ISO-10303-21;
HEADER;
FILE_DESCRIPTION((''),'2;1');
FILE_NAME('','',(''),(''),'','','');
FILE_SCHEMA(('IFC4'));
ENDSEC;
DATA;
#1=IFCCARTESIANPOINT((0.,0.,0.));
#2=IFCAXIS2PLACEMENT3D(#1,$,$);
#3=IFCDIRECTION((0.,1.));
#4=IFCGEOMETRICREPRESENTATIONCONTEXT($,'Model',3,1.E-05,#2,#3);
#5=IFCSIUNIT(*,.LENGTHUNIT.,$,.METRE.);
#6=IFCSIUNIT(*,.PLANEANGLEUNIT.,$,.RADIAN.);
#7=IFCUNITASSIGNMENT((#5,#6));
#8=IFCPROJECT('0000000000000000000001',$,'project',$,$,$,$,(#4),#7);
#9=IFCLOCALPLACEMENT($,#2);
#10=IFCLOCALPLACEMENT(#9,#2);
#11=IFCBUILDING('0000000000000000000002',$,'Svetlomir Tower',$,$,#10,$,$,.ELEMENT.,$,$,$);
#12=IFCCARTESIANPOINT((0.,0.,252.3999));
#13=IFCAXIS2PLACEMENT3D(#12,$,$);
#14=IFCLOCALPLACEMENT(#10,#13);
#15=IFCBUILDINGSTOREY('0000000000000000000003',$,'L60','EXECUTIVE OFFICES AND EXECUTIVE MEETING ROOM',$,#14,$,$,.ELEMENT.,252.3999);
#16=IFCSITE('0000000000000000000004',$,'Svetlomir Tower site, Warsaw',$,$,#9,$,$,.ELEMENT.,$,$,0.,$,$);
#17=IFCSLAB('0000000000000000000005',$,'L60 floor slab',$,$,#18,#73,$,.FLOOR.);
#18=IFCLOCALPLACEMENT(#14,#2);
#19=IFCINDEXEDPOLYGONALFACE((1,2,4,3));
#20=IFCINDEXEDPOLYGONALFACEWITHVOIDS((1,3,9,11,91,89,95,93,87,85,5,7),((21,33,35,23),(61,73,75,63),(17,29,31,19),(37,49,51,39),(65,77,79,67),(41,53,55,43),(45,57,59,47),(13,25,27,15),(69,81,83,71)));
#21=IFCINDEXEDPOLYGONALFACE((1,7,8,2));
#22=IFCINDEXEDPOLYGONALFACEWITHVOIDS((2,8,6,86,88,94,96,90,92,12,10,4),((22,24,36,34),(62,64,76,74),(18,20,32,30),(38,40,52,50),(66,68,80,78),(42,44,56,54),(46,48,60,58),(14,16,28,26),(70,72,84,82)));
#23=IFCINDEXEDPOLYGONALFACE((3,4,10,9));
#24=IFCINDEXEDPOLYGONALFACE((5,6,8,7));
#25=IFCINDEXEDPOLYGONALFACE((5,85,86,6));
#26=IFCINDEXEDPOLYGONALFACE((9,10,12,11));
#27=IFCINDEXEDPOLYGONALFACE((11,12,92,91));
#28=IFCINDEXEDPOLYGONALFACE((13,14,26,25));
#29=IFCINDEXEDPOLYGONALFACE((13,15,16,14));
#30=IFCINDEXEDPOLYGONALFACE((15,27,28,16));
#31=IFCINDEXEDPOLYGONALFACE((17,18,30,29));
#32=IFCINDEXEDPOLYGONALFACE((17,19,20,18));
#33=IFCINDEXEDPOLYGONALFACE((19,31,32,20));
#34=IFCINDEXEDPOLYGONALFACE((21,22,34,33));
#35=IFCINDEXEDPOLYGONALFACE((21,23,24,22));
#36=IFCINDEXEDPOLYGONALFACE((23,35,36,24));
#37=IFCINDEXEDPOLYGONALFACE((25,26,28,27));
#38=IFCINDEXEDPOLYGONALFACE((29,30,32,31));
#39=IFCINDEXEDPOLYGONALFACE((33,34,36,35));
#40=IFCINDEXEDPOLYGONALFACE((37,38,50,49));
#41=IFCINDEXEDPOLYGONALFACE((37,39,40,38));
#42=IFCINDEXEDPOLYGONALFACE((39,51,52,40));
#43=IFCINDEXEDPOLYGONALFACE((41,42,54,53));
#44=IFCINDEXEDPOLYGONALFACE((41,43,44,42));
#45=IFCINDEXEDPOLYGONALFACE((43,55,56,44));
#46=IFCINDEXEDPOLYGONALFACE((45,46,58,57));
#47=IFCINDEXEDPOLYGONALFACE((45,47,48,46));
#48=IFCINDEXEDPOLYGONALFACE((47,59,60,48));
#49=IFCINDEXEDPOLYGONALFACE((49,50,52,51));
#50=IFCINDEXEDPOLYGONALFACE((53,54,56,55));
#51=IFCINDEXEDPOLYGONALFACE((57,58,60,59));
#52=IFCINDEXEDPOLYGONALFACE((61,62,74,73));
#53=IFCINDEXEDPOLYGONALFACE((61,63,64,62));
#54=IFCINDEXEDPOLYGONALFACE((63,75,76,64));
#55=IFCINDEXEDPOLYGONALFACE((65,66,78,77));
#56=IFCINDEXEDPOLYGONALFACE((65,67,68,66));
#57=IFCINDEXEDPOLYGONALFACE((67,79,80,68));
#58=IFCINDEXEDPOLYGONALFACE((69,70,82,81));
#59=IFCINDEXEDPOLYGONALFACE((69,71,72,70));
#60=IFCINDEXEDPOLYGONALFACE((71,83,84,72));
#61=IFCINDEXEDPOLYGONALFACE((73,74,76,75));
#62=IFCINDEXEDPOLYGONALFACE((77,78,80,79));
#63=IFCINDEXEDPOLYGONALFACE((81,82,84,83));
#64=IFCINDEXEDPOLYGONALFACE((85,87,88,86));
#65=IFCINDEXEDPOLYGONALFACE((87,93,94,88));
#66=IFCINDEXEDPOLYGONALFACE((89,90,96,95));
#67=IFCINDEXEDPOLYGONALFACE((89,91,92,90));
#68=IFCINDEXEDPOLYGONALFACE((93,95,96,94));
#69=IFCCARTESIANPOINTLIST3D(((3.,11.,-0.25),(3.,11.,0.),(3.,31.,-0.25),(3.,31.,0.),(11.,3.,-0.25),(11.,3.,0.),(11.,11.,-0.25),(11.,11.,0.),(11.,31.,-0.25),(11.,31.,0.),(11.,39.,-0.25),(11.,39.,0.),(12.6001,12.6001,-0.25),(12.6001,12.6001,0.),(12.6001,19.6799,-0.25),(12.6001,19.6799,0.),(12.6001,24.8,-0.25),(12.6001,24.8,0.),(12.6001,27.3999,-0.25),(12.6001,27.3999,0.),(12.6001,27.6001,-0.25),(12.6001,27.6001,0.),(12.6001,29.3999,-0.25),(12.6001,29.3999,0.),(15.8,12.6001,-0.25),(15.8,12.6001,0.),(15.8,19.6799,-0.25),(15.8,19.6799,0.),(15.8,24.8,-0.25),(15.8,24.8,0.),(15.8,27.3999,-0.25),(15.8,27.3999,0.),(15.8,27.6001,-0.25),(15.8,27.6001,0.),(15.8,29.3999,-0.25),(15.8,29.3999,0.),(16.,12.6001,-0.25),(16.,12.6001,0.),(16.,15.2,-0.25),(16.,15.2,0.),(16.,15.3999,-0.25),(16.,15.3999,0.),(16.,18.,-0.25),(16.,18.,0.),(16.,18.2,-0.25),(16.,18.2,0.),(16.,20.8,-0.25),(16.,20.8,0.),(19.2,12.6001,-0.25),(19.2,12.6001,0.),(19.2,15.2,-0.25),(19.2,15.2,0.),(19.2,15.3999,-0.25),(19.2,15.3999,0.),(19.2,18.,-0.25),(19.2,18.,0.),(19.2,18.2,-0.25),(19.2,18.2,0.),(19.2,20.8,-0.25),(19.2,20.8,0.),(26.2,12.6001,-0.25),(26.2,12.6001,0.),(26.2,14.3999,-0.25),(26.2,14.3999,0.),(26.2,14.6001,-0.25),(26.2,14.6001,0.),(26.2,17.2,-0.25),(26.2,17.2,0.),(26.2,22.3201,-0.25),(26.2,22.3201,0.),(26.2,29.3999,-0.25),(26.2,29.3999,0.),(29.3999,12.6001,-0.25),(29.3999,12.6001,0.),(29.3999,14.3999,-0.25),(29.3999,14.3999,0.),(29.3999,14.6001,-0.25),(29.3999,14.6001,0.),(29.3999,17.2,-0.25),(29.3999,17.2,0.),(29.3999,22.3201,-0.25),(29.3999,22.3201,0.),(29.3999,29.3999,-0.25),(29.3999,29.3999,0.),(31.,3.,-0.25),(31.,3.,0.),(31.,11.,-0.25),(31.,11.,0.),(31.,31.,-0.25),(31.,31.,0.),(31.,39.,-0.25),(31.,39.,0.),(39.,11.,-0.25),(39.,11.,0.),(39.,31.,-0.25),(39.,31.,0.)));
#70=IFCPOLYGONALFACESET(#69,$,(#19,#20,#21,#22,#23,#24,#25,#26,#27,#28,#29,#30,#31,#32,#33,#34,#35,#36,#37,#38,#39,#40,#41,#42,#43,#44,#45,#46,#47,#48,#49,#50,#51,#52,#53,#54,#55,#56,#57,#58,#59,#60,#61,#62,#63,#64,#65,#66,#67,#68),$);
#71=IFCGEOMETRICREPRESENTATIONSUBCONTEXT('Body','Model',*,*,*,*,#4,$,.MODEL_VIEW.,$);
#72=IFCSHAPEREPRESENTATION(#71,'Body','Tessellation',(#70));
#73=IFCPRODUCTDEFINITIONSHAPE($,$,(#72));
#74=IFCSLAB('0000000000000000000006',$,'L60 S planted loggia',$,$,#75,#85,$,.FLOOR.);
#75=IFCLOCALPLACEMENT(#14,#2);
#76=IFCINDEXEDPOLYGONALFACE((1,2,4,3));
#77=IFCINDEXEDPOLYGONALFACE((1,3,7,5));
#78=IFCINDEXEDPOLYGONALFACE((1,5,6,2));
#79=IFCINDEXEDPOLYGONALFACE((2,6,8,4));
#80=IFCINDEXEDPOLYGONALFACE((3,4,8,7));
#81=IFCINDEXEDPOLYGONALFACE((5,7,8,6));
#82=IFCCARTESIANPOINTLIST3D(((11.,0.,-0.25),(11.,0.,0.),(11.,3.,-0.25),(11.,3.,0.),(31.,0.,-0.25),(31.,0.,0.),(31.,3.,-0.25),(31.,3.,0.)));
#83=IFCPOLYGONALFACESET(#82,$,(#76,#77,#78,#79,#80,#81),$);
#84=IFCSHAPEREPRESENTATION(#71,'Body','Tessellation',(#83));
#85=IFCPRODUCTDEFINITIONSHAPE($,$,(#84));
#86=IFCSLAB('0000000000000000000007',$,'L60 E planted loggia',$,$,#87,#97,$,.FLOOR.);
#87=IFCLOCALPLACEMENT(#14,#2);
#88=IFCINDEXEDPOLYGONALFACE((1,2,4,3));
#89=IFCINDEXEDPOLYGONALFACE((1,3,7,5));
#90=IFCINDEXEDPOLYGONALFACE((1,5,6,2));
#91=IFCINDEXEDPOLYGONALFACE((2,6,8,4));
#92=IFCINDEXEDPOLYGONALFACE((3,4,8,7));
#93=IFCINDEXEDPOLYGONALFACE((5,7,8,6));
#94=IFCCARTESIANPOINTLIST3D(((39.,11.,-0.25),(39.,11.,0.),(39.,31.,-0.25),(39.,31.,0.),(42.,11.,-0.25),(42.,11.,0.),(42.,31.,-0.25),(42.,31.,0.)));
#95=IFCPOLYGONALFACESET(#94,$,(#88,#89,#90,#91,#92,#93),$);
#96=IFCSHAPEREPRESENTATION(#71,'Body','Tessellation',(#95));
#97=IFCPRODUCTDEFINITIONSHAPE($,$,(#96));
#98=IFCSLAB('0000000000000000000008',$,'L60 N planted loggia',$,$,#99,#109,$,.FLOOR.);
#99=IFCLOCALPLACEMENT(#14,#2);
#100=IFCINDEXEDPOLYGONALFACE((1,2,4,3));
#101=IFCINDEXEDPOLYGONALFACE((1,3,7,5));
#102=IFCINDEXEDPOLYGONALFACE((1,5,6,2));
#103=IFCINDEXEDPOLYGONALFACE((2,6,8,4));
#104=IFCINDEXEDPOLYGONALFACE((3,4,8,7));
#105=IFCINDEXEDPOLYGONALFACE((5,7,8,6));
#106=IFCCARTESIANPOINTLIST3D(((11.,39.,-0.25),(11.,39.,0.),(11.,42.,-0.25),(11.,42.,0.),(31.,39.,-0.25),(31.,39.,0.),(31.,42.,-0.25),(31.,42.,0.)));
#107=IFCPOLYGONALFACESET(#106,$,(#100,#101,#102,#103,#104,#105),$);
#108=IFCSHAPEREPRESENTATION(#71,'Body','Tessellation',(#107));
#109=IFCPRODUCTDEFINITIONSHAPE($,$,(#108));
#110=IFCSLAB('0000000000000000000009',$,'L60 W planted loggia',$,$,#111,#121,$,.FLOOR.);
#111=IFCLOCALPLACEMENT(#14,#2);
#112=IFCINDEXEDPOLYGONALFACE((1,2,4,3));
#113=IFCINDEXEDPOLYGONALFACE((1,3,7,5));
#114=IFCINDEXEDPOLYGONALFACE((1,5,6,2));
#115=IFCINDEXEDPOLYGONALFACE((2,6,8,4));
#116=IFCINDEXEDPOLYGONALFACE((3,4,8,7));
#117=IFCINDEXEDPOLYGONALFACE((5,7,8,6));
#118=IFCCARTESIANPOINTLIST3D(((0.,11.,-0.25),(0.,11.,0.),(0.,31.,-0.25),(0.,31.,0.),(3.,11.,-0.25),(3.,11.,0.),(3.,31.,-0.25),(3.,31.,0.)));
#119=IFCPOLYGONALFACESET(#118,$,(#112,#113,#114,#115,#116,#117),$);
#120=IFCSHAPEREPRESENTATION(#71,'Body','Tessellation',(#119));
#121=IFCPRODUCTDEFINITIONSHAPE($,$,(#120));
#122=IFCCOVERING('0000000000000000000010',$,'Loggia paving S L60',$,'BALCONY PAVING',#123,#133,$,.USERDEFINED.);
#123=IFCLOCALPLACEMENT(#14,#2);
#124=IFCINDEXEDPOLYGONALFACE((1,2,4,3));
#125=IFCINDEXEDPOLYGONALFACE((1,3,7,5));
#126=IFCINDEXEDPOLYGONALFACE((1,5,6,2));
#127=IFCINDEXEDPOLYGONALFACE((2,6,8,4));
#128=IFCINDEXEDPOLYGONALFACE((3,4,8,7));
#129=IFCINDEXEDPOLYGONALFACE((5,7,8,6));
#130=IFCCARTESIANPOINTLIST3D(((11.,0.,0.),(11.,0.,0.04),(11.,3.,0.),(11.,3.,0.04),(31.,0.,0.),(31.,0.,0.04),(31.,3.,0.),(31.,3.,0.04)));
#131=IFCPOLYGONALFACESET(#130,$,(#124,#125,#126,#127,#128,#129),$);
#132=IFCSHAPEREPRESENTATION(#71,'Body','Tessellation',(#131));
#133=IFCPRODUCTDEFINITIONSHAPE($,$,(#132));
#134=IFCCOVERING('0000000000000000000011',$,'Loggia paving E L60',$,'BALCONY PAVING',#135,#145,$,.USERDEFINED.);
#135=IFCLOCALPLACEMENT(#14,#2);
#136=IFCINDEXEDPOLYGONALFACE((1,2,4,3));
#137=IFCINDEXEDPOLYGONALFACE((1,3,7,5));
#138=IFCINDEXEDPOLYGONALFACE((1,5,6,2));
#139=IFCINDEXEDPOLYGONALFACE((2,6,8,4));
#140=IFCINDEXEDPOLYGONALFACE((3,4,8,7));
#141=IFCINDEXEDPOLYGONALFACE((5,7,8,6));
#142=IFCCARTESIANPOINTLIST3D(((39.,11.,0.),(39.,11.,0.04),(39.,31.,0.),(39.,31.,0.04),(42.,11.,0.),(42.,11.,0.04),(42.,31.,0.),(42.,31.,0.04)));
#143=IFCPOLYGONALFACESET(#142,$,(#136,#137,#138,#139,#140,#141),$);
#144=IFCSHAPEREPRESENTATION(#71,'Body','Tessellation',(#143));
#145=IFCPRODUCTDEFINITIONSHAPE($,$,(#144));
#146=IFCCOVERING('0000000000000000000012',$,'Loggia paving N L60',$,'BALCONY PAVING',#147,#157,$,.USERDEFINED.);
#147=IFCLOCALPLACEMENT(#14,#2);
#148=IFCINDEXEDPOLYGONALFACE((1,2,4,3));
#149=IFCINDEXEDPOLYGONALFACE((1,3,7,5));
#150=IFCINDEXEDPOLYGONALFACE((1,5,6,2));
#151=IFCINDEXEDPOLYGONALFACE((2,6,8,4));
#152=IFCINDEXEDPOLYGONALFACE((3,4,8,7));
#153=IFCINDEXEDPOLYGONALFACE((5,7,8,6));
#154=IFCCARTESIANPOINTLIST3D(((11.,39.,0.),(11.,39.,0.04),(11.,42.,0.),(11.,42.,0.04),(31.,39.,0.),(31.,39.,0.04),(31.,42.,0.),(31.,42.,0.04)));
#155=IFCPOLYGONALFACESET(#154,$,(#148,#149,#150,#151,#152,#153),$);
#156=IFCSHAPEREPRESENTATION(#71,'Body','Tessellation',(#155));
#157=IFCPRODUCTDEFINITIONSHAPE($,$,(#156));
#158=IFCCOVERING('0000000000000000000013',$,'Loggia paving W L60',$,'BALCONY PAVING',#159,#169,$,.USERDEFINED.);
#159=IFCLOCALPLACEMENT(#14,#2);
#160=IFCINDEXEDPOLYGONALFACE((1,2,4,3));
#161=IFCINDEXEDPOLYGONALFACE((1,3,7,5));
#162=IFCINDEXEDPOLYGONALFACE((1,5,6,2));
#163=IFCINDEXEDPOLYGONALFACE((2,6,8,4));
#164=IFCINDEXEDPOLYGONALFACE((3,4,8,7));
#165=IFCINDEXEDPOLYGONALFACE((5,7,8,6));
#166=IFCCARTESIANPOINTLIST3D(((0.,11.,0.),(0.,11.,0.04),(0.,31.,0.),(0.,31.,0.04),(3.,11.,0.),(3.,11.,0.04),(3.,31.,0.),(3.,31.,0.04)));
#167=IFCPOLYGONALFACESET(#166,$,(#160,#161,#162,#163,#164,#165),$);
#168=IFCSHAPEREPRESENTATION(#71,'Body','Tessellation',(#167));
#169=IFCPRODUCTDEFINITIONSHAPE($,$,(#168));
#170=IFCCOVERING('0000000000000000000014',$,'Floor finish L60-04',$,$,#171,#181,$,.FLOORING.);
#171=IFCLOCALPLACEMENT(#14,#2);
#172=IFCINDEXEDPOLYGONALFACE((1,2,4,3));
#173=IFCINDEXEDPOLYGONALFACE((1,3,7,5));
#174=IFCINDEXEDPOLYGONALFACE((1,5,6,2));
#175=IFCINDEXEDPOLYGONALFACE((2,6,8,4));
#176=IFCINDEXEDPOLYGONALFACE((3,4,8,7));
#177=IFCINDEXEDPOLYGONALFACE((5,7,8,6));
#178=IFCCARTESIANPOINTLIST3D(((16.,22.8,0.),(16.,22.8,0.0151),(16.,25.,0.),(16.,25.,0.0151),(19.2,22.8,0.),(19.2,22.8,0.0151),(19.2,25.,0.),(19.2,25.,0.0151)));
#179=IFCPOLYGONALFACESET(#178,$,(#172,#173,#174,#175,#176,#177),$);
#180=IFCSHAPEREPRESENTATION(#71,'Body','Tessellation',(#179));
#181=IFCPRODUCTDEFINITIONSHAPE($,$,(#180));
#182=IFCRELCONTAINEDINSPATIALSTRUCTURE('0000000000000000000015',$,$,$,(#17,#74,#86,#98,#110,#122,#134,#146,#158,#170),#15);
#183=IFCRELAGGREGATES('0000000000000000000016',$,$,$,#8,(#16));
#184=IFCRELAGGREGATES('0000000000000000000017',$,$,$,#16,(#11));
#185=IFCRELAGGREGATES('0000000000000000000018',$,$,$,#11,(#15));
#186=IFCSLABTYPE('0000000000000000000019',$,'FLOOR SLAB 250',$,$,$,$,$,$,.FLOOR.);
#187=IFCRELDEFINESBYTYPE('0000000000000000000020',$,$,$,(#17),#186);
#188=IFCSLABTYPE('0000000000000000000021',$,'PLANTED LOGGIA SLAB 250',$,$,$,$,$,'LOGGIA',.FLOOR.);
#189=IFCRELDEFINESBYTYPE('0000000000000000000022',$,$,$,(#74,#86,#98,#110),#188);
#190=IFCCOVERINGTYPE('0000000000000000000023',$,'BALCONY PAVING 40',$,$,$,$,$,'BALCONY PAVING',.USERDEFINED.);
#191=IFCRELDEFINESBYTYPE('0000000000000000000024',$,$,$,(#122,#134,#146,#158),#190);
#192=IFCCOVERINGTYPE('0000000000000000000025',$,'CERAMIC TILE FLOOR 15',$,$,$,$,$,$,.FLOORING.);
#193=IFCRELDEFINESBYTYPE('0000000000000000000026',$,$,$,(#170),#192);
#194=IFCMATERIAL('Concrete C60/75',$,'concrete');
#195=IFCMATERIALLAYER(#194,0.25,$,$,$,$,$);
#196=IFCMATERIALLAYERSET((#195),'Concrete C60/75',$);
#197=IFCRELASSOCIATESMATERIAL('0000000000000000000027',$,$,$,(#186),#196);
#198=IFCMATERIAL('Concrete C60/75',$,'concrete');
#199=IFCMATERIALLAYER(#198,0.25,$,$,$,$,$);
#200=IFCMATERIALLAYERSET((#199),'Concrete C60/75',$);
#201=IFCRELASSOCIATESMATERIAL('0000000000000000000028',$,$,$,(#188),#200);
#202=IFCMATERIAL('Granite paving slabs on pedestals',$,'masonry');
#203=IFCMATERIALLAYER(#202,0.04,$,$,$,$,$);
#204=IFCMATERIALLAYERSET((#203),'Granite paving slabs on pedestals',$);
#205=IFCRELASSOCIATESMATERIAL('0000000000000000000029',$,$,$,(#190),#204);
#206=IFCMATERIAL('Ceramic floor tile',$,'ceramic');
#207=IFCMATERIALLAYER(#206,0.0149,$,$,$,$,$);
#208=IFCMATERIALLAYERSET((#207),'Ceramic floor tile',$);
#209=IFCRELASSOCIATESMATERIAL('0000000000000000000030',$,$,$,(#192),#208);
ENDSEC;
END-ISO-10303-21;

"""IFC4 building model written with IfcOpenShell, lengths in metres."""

from ifc_helpers import new_model, si_unit, direction, frame, origin, place, context, subcontext, project, spatial, polyline, outline, extrude, material, layer, layer_set, type_object, element, save


model = new_model("IFC4")

# Units and contexts
model_context = context("Model", 3, precision=1e-05, world=origin(), true_north=direction((0.0, 1.0)))
body_context = subcontext(model_context, "Body", "Model", "MODEL_VIEW")
ifc_project = project(units=[si_unit("LENGTHUNIT", "METRE"), si_unit("PLANEANGLEUNIT", "RADIAN")], contexts=[model_context])

# Site, building, storey
site_placement = place(None, origin())
site = spatial("IfcSite", under=ifc_project, at=site_placement, Name="Svetlomir Tower site, Warsaw", CompositionType="ELEMENT", RefElevation=0.0)
building_placement = place(site_placement, origin())
building = spatial("IfcBuilding", under=site, at=building_placement, Name="Svetlomir Tower", CompositionType="ELEMENT")
storey_placement = place(building_placement, frame((0.0, 0.0, 252.3999)))
storey = spatial("IfcBuildingStorey", under=building, at=storey_placement, Name="L60", Description="EXECUTIVE OFFICES AND EXECUTIVE MEETING ROOM", CompositionType="ELEMENT", Elevation=252.3999)

# Slabs
ifc_material_1 = material(Name="Concrete C60/75", Category="concrete")
ifc_layer_1 = layer(ifc_material_1, 0.25)
ifc_layer_set_1 = layer_set([ifc_layer_1], Name="Concrete C60/75")
slab_type_1 = type_object("IfcSlabType", Name="FLOOR SLAB 250", PredefinedType="FLOOR", material=ifc_layer_set_1)
slab_1_placement = place(storey_placement, frame((0.0, 0.0, -0.25)))
element("IfcSlab", 1, at=slab_1_placement, inside=storey, type_object=slab_type_1, Name="L60 floor slab", PredefinedType="FLOOR", context=body_context, shape_type="SweptSolid", body=[
    extrude(outline(polyline([(11.0, 3.0), (31.0, 3.0), (31.0, 11.0), (39.0, 11.0), (39.0, 31.0), (31.0, 31.0), (31.0, 39.0), (11.0, 39.0), (11.0, 31.0), (3.0, 31.0), (3.0, 11.0), (11.0, 11.0), (11.0, 3.0)]), holes=[polyline([(12.6001, 24.8), (15.8, 24.8), (15.8, 27.3999), (12.6001, 27.3999), (12.6001, 24.8)]), polyline([(26.2, 14.6001), (29.3999, 14.6001), (29.3999, 17.2), (26.2, 17.2), (26.2, 14.6001)]), polyline([(16.0, 12.6001), (19.2, 12.6001), (19.2, 15.2), (16.0, 15.2), (16.0, 12.6001)]), polyline([(16.0, 15.3999), (19.2, 15.3999), (19.2, 18.0), (16.0, 18.0), (16.0, 15.3999)]), polyline([(16.0, 18.2), (19.2, 18.2), (19.2, 20.8), (16.0, 20.8), (16.0, 18.2)]), polyline([(12.6001, 27.6001), (15.8, 27.6001), (15.8, 29.3999), (12.6001, 29.3999), (12.6001, 27.6001)]), polyline([(26.2, 12.6001), (29.3999, 12.6001), (29.3999, 14.3999), (26.2, 14.3999), (26.2, 12.6001)]), polyline([(12.6001, 12.6001), (15.8, 12.6001), (15.8, 19.6799), (12.6001, 19.6799), (12.6001, 12.6001)]), polyline([(26.2, 22.3201), (29.3999, 22.3201), (29.3999, 29.3999), (26.2, 29.3999), (26.2, 22.3201)])]), origin(), (0.0, 0.0, 1.0), 0.25),
])
ifc_material_2 = material(Name="Concrete C60/75", Category="concrete")
ifc_layer_2 = layer(ifc_material_2, 0.25)
ifc_layer_set_2 = layer_set([ifc_layer_2], Name="Concrete C60/75")
slab_type_2 = type_object("IfcSlabType", Name="PLANTED LOGGIA SLAB 250", ElementType="LOGGIA", PredefinedType="FLOOR", material=ifc_layer_set_2)
slab_2_placement = place(storey_placement, frame((0.0, 0.0, -0.25)))
element("IfcSlab", 2, at=slab_2_placement, inside=storey, type_object=slab_type_2, Name="L60 S planted loggia", PredefinedType="FLOOR", context=body_context, shape_type="SweptSolid", body=[
    extrude(outline(polyline([(11.0, 0.0), (31.0, 0.0), (31.0, 3.0), (11.0, 3.0), (11.0, 0.0)])), origin(), (0.0, 0.0, 1.0), 0.25),
])
slab_3_placement = place(storey_placement, frame((0.0, 0.0, -0.25)))
element("IfcSlab", 3, at=slab_3_placement, inside=storey, type_object=slab_type_2, Name="L60 E planted loggia", PredefinedType="FLOOR", context=body_context, shape_type="SweptSolid", body=[
    extrude(outline(polyline([(39.0, 11.0), (42.0, 11.0), (42.0, 31.0), (39.0, 31.0), (39.0, 11.0)])), origin(), (0.0, 0.0, 1.0), 0.25),
])
slab_4_placement = place(storey_placement, frame((0.0, 0.0, -0.25)))
element("IfcSlab", 4, at=slab_4_placement, inside=storey, type_object=slab_type_2, Name="L60 N planted loggia", PredefinedType="FLOOR", context=body_context, shape_type="SweptSolid", body=[
    extrude(outline(polyline([(11.0, 39.0), (31.0, 39.0), (31.0, 42.0), (11.0, 42.0), (11.0, 39.0)])), origin(), (0.0, 0.0, 1.0), 0.25),
])
slab_5_placement = place(storey_placement, frame((0.0, 0.0, -0.25)))
element("IfcSlab", 5, at=slab_5_placement, inside=storey, type_object=slab_type_2, Name="L60 W planted loggia", PredefinedType="FLOOR", context=body_context, shape_type="SweptSolid", body=[
    extrude(outline(polyline([(0.0, 11.0), (3.0, 11.0), (3.0, 31.0), (0.0, 31.0), (0.0, 11.0)])), origin(), (0.0, 0.0, 1.0), 0.25),
])

# Coverings
ifc_material_3 = material(Name="Granite paving slabs on pedestals", Category="masonry")
ifc_layer_3 = layer(ifc_material_3, 0.04)
ifc_layer_set_3 = layer_set([ifc_layer_3], Name="Granite paving slabs on pedestals")
covering_type_1 = type_object("IfcCoveringType", Name="BALCONY PAVING 40", ElementType="BALCONY PAVING", PredefinedType="USERDEFINED", material=ifc_layer_set_3)
covering_1_placement = place(storey_placement, origin())
element("IfcCovering", 6, at=covering_1_placement, inside=storey, type_object=covering_type_1, Name="Loggia paving S L60", ObjectType="BALCONY PAVING", PredefinedType="USERDEFINED", context=body_context, shape_type="SweptSolid", body=[
    extrude(outline(polyline([(11.0, 0.0), (31.0, 0.0), (31.0, 3.0), (11.0, 3.0), (11.0, 0.0)])), origin(), (0.0, 0.0, 1.0), 0.04),
])
covering_2_placement = place(storey_placement, origin())
element("IfcCovering", 7, at=covering_2_placement, inside=storey, type_object=covering_type_1, Name="Loggia paving E L60", ObjectType="BALCONY PAVING", PredefinedType="USERDEFINED", context=body_context, shape_type="SweptSolid", body=[
    extrude(outline(polyline([(39.0, 11.0), (42.0, 11.0), (42.0, 31.0), (39.0, 31.0), (39.0, 11.0)])), origin(), (0.0, 0.0, 1.0), 0.04),
])
covering_3_placement = place(storey_placement, origin())
element("IfcCovering", 8, at=covering_3_placement, inside=storey, type_object=covering_type_1, Name="Loggia paving N L60", ObjectType="BALCONY PAVING", PredefinedType="USERDEFINED", context=body_context, shape_type="SweptSolid", body=[
    extrude(outline(polyline([(11.0, 39.0), (31.0, 39.0), (31.0, 42.0), (11.0, 42.0), (11.0, 39.0)])), origin(), (0.0, 0.0, 1.0), 0.04),
])
covering_4_placement = place(storey_placement, origin())
element("IfcCovering", 9, at=covering_4_placement, inside=storey, type_object=covering_type_1, Name="Loggia paving W L60", ObjectType="BALCONY PAVING", PredefinedType="USERDEFINED", context=body_context, shape_type="SweptSolid", body=[
    extrude(outline(polyline([(0.0, 11.0), (3.0, 11.0), (3.0, 31.0), (0.0, 31.0), (0.0, 11.0)])), origin(), (0.0, 0.0, 1.0), 0.04),
])
ifc_material_4 = material(Name="Ceramic floor tile", Category="ceramic")
ifc_layer_4 = layer(ifc_material_4, 0.0149)
ifc_layer_set_4 = layer_set([ifc_layer_4], Name="Ceramic floor tile")
covering_type_2 = type_object("IfcCoveringType", Name="CERAMIC TILE FLOOR 15", PredefinedType="FLOORING", material=ifc_layer_set_4)
covering_5_placement = place(storey_placement, origin())
element("IfcCovering", 10, at=covering_5_placement, inside=storey, type_object=covering_type_2, Name="Floor finish L60-04", PredefinedType="FLOORING", context=body_context, shape_type="SweptSolid", body=[
    extrude(outline(polyline([(16.0, 22.8), (19.2, 22.8), (19.2, 25.0), (16.0, 25.0), (16.0, 22.8)])), origin(), (0.0, 0.0, 1.0), 0.0151),
])

save(model, "model.ifc")
